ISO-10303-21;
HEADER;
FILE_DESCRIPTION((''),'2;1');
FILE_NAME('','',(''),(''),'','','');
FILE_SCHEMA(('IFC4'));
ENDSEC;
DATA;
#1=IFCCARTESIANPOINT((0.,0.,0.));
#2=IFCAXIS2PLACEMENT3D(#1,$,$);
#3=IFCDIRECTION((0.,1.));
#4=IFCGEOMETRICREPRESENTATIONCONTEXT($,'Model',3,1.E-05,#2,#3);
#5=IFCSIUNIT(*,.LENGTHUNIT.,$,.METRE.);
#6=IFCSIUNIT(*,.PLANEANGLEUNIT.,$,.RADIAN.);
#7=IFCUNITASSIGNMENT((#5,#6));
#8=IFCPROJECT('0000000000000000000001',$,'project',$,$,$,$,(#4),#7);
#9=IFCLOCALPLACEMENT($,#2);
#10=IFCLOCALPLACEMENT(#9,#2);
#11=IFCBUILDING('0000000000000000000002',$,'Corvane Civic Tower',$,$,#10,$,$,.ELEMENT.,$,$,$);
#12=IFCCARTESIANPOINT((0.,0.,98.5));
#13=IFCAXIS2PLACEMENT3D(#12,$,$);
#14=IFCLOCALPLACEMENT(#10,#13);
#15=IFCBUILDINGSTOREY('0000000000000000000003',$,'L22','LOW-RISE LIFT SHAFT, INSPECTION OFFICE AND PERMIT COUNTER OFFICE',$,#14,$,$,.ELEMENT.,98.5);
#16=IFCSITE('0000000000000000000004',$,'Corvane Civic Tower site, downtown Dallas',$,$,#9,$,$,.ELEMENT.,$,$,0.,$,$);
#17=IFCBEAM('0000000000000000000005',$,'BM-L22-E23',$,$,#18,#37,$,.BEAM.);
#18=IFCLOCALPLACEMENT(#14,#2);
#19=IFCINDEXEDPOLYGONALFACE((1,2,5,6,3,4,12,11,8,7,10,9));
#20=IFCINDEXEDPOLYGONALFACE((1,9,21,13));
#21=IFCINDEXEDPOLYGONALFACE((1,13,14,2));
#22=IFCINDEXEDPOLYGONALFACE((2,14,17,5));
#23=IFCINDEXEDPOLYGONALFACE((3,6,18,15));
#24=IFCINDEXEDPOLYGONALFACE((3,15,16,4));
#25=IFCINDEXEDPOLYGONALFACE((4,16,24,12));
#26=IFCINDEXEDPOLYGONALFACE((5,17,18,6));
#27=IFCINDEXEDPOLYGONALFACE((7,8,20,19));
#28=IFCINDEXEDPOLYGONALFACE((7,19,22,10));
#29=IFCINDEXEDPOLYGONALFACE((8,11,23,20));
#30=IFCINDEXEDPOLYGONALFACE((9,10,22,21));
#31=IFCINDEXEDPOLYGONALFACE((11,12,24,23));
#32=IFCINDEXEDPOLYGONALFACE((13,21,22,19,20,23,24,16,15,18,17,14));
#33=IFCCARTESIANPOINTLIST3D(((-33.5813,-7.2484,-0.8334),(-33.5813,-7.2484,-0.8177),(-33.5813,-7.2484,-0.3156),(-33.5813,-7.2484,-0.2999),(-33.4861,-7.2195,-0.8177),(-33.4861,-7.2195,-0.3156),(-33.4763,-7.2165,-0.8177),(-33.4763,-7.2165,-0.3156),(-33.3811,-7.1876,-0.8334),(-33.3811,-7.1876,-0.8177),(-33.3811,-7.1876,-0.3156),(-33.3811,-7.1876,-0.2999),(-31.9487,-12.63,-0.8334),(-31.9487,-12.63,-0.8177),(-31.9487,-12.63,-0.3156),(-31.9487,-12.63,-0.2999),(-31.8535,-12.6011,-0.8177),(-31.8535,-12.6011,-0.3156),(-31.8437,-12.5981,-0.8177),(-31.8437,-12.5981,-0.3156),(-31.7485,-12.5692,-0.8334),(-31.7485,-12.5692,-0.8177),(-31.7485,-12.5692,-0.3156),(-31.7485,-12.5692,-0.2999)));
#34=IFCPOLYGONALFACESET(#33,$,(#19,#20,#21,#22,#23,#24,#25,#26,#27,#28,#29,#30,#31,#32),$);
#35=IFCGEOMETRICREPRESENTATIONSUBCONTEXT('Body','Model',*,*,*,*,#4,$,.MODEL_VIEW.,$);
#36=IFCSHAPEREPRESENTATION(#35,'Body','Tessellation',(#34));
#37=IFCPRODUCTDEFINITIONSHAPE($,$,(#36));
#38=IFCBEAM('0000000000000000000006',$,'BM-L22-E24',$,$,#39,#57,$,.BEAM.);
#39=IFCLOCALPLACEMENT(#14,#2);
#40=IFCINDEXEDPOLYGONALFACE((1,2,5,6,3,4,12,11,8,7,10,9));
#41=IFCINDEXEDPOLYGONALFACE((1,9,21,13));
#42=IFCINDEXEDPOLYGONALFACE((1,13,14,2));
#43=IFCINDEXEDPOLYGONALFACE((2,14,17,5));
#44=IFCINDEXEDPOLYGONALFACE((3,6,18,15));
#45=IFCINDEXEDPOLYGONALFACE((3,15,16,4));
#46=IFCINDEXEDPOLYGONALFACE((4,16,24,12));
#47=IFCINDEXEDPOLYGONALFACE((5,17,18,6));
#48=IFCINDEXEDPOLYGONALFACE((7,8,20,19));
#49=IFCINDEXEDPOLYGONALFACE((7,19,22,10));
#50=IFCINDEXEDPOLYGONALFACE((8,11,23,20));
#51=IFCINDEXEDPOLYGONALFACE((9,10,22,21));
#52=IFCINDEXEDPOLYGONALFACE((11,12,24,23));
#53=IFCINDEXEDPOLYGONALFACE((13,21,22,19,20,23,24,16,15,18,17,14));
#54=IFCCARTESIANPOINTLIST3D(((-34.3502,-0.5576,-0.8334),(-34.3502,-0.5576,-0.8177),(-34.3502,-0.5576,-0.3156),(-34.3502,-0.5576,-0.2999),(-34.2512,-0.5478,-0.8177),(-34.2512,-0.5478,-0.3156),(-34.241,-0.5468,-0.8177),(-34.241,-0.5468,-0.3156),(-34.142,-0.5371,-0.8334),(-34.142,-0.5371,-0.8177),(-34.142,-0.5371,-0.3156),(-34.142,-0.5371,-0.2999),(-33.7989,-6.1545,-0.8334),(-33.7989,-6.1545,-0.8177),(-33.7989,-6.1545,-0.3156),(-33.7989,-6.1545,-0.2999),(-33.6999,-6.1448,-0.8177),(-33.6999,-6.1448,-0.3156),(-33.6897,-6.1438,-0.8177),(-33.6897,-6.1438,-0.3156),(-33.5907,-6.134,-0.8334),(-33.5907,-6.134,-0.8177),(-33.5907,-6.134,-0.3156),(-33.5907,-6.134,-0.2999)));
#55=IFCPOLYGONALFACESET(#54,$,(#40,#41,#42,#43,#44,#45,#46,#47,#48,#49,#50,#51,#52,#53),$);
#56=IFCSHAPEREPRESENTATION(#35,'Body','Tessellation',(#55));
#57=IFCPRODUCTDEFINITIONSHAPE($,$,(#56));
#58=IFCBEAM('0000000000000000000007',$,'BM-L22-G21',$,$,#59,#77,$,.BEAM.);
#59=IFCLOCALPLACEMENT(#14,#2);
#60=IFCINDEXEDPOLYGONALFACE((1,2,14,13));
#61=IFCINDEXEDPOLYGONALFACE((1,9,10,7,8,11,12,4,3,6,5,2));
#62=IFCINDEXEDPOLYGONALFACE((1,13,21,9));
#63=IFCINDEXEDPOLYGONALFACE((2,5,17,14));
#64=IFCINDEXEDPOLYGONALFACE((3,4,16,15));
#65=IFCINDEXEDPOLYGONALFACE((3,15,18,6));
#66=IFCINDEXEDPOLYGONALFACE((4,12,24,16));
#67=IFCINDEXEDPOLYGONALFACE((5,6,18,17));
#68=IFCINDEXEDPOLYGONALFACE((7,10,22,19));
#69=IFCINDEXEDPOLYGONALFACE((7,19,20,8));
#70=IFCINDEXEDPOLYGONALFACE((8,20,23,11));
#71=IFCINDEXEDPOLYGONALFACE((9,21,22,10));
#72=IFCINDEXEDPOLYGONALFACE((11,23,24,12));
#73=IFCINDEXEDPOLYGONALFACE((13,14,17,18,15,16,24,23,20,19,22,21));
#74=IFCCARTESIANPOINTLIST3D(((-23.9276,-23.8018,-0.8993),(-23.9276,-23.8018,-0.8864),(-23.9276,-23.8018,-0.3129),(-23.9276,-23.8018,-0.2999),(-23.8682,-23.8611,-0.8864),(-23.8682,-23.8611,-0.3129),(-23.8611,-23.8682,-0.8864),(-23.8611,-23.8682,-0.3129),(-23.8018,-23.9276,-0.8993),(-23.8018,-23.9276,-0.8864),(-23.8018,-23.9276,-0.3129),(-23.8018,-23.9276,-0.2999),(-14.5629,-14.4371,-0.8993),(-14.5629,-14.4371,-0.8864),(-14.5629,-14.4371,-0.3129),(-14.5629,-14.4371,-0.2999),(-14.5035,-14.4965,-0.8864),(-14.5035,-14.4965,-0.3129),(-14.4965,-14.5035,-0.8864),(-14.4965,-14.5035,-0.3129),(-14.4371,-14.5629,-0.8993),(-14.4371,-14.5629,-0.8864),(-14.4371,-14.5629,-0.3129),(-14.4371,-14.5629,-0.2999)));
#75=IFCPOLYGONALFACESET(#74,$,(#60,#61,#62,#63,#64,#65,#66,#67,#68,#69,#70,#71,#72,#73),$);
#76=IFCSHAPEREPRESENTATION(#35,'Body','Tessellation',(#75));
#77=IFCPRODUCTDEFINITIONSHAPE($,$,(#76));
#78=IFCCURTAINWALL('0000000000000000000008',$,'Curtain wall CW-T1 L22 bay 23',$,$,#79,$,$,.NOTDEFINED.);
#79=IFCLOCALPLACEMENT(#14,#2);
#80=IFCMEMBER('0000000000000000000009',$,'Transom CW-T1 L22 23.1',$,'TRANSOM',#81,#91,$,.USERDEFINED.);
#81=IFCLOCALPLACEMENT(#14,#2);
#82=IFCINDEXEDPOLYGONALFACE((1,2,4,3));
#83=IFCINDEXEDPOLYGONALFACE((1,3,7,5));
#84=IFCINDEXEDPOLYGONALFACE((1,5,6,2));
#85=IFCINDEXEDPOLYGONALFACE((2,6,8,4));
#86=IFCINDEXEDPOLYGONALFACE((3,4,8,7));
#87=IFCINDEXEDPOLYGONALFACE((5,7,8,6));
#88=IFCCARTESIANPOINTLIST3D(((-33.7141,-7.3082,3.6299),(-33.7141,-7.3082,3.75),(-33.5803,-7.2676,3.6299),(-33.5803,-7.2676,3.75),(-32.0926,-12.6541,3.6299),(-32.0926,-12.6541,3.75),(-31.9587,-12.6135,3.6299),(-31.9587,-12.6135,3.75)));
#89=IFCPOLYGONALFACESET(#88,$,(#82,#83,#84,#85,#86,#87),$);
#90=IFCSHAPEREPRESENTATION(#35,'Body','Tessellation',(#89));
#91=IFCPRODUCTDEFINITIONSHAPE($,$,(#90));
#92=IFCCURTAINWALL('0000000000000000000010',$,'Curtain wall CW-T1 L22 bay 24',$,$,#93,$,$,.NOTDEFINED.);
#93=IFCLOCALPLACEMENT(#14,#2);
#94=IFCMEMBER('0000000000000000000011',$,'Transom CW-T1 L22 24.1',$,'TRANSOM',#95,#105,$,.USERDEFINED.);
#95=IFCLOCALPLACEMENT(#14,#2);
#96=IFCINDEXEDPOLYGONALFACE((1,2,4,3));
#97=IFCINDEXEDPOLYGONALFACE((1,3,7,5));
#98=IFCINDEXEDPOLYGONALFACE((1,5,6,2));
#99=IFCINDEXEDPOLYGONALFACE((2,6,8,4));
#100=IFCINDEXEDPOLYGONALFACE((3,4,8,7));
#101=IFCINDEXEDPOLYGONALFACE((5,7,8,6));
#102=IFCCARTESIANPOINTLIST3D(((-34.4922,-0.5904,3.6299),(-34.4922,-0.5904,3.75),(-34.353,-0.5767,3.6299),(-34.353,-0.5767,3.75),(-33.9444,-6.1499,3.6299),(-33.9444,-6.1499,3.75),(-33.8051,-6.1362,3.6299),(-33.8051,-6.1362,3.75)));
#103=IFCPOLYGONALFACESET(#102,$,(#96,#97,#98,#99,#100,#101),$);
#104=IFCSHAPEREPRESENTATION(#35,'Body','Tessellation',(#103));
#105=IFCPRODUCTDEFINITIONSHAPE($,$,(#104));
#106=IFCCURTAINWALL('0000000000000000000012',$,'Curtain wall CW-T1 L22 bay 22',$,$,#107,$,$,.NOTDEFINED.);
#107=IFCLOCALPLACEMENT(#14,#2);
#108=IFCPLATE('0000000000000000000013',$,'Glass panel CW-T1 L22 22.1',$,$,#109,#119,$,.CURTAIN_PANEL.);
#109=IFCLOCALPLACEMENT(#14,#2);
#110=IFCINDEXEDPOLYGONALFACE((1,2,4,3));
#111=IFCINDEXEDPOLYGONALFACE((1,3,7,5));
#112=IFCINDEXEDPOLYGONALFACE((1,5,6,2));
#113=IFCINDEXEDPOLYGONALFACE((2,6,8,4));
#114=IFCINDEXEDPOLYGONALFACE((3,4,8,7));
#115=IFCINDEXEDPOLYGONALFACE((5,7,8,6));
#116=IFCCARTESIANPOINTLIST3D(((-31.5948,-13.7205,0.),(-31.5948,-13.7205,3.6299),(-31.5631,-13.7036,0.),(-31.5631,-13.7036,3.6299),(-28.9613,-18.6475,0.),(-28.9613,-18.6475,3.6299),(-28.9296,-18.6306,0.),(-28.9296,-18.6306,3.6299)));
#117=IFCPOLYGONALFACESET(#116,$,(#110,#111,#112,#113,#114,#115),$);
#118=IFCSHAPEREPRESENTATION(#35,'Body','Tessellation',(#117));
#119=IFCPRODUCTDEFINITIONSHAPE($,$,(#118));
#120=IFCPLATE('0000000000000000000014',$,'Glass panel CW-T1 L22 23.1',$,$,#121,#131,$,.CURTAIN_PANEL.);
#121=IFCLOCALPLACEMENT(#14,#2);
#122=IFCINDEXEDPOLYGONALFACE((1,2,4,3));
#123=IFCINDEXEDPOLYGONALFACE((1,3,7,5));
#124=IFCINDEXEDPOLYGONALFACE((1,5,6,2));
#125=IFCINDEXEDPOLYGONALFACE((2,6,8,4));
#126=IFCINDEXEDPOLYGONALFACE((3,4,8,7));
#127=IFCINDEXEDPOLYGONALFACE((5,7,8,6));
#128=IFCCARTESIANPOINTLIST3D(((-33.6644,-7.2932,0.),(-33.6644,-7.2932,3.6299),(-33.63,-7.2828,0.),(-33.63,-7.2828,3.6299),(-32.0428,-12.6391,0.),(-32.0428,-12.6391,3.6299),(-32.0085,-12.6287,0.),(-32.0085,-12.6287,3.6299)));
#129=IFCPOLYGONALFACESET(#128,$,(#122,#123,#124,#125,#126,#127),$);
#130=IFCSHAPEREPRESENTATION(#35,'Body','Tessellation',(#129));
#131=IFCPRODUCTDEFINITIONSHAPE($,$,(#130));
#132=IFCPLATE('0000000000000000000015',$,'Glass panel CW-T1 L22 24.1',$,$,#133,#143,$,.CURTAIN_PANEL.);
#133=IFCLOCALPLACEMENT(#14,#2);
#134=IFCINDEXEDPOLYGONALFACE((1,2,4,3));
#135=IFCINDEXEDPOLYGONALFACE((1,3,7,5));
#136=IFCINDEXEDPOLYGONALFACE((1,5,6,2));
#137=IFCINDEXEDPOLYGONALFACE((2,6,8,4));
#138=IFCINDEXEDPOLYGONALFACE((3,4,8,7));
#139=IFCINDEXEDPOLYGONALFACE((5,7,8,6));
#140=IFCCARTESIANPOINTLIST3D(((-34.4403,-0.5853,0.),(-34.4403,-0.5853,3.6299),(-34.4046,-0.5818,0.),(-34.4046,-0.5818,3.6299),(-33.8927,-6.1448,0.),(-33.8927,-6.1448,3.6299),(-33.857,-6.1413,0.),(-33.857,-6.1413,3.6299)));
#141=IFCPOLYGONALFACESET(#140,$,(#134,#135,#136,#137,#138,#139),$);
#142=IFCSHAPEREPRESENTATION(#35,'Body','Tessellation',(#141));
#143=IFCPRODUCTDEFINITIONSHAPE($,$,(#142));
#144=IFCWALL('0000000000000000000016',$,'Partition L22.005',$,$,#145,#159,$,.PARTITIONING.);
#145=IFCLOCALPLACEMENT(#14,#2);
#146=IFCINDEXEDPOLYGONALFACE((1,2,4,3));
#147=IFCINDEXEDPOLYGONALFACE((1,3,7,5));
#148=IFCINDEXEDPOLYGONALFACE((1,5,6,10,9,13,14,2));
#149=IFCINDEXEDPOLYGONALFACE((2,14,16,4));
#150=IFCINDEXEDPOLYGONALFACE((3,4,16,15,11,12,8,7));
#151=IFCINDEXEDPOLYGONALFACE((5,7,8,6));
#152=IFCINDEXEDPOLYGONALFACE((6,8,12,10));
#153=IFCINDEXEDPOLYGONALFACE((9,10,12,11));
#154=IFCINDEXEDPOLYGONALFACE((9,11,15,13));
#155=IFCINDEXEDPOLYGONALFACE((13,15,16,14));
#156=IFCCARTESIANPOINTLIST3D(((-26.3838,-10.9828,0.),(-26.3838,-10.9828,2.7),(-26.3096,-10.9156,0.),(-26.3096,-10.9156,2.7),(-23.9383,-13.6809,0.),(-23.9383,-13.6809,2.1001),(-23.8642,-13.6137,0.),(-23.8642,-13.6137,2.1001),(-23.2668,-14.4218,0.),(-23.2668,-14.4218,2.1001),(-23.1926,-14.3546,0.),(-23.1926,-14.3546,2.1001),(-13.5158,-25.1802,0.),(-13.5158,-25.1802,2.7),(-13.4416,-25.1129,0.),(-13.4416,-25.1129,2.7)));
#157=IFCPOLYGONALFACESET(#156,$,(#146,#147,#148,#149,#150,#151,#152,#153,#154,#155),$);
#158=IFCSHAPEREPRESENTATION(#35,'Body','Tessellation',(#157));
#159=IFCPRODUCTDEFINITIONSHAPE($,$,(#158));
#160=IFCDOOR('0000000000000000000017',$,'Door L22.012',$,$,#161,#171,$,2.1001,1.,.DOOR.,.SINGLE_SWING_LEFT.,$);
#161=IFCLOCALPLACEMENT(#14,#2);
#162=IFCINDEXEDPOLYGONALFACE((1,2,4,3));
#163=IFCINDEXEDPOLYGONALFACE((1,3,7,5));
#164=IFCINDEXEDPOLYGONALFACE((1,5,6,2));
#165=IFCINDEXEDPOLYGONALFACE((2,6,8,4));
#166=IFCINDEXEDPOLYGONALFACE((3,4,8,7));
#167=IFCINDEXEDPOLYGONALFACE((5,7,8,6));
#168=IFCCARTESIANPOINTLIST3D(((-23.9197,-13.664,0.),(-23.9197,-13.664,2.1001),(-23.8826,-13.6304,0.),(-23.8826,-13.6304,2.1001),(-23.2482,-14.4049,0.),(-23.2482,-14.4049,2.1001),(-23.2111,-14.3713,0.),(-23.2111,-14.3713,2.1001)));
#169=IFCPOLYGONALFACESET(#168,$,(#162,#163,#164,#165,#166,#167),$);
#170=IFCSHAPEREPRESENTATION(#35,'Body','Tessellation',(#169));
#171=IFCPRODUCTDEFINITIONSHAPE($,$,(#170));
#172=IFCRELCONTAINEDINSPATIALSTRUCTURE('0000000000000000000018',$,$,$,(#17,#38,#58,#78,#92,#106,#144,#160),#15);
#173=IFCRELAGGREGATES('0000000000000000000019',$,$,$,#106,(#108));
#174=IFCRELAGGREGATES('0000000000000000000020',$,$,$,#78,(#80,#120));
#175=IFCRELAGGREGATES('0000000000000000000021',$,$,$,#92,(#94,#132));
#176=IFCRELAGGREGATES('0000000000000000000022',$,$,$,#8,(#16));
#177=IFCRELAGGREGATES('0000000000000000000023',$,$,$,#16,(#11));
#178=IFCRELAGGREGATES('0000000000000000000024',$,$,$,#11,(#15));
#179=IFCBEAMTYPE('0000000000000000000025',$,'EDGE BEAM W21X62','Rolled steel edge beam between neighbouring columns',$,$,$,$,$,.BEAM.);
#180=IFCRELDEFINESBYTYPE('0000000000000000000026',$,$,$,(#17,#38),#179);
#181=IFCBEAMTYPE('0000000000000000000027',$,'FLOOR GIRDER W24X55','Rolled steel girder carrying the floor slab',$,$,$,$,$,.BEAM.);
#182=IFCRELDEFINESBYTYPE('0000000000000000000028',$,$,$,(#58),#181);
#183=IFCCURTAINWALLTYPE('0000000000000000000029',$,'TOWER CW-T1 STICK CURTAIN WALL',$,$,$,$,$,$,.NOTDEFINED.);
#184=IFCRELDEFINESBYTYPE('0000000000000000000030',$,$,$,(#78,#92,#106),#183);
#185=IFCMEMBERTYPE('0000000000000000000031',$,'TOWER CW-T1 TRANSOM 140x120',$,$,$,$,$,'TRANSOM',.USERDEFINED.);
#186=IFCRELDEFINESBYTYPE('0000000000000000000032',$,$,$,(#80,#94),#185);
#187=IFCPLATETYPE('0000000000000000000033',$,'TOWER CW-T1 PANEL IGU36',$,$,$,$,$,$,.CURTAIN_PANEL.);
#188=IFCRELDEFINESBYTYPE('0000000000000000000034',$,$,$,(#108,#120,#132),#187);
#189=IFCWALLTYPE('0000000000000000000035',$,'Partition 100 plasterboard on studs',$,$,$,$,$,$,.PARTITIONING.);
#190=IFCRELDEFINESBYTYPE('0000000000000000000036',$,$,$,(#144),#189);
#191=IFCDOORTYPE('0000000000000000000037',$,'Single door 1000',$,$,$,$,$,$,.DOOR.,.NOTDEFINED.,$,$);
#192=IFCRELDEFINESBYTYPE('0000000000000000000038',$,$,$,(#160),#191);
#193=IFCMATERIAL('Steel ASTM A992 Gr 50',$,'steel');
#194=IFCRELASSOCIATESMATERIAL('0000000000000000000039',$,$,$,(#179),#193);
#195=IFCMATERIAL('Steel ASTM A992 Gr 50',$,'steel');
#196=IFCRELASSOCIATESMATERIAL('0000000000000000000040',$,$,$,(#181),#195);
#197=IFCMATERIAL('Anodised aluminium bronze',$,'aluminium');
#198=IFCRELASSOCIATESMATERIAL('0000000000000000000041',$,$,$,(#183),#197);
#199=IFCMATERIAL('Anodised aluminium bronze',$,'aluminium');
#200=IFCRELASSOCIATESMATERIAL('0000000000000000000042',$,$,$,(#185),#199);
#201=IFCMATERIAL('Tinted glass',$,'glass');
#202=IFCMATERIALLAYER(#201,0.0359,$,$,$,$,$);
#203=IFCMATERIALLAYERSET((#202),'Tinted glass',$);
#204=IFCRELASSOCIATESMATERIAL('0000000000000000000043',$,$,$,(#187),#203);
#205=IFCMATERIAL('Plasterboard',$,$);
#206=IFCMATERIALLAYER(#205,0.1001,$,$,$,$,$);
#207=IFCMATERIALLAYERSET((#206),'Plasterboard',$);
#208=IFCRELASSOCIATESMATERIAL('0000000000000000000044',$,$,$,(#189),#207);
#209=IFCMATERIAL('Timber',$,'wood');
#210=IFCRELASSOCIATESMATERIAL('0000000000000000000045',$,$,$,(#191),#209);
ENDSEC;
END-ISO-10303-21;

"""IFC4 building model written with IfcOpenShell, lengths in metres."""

from ifc_helpers import new_model, si_unit, direction, frame, frame_2d, origin, origin_2d, place, context, subcontext, project, spatial, rectangle, i_section, extrude, material, layer, layer_set, material_profile, profile_set, type_object, element, fill, aggregate, save


model = new_model("IFC4")

# Units and contexts
model_context = context("Model", 3, precision=1e-05, world=origin(), true_north=direction((0.0, 1.0)))
body_context = subcontext(model_context, "Body", "Model", "MODEL_VIEW")
ifc_project = project(units=[si_unit("LENGTHUNIT", "METRE"), si_unit("PLANEANGLEUNIT", "RADIAN")], contexts=[model_context])

# Site, building, storey
site_placement = place(None, origin())
site = spatial("IfcSite", under=ifc_project, at=site_placement, Name="Corvane Civic Tower site, downtown Dallas", CompositionType="ELEMENT", RefElevation=0.0)
building_placement = place(site_placement, origin())
building = spatial("IfcBuilding", under=site, at=building_placement, Name="Corvane Civic Tower", CompositionType="ELEMENT")
storey_placement = place(building_placement, frame((0.0, 0.0, 98.5)))
storey = spatial("IfcBuildingStorey", under=building, at=storey_placement, Name="L22", Description="LOW-RISE LIFT SHAFT, INSPECTION OFFICE AND PERMIT COUNTER OFFICE", CompositionType="ELEMENT", Elevation=98.5)

# Beams
ifc_material_1 = material(Name="Steel ASTM A992 Gr 50", Category="steel")
ifc_material_profile_1 = material_profile(ifc_material_1, i_section(OverallWidth=0.2092, OverallDepth=0.5334, WebThickness=0.0103, FlangeThickness=0.0156, at=origin_2d()), Name="W21X62")
ifc_profile_set_1 = profile_set([ifc_material_profile_1], Name="Steel ASTM A992 Gr 50")
beam_type_1 = type_object("IfcBeamType", Name="EDGE BEAM W21X62", Description="Rolled steel edge beam between neighbouring columns", PredefinedType="BEAM", material=ifc_profile_set_1)
beam_1_placement = place(storey_placement, frame((-31.8486, -12.5996, -0.5667), z_axis=(-0.290298, 0.956936, 0.0), x_axis=(-0.956936, -0.290298, 0.0)))
element("IfcBeam", 1, at=beam_1_placement, inside=storey, type_object=beam_type_1, Name="BM-L22-E23", PredefinedType="BEAM", context=body_context, shape_type="SweptSolid", body=[
    extrude(i_section(OverallWidth=0.2092, OverallDepth=0.5334, WebThickness=0.0103, FlangeThickness=0.0156, at=origin_2d()), origin(), (0.0, 0.0, 1.0), 5.6238),
])
beam_2_placement = place(storey_placement, frame((-33.6948, -6.1443, -0.5667), z_axis=(-0.098021, 0.995184, 0.0), x_axis=(-0.995184, -0.098021, 0.0)))
element("IfcBeam", 2, at=beam_2_placement, inside=storey, type_object=beam_type_1, Name="BM-L22-E24", PredefinedType="BEAM", context=body_context, shape_type="SweptSolid", body=[
    extrude(i_section(OverallWidth=0.2092, OverallDepth=0.5334, WebThickness=0.0103, FlangeThickness=0.0156, at=origin_2d()), origin(), (0.0, 0.0, 1.0), 5.624),
])
ifc_material_2 = material(Name="Steel ASTM A992 Gr 50", Category="steel")
ifc_material_profile_2 = material_profile(ifc_material_2, i_section(OverallWidth=0.178, OverallDepth=0.5994, WebThickness=0.01, FlangeThickness=0.0129, at=origin_2d()), Name="W24X55")
ifc_profile_set_2 = profile_set([ifc_material_profile_2], Name="Steel ASTM A992 Gr 50")
beam_type_2 = type_object("IfcBeamType", Name="FLOOR GIRDER W24X55", Description="Rolled steel girder carrying the floor slab", PredefinedType="BEAM", material=ifc_profile_set_2)
beam_3_placement = place(storey_placement, frame((-14.5, -14.5, -0.5996), z_axis=(-0.707107, -0.707107, 0.0), x_axis=(0.707107, -0.707107, 0.0)))
element("IfcBeam", 3, at=beam_3_placement, inside=storey, type_object=beam_type_2, Name="BM-L22-G21", PredefinedType="BEAM", context=body_context, shape_type="SweptSolid", body=[
    extrude(i_section(OverallWidth=0.178, OverallDepth=0.5994, WebThickness=0.01, FlangeThickness=0.0129, at=origin_2d()), origin(), (0.0, 0.0, 1.0), 13.2437),
])

# Curtain walls, members
ifc_material_3 = material(Name="Anodised aluminium bronze", Category="aluminium")
curtain_wall_type = type_object("IfcCurtainWallType", Name="TOWER CW-T1 STICK CURTAIN WALL", PredefinedType="NOTDEFINED", material=ifc_material_3)
curtain_wall_1_placement = place(storey_placement, origin())
curtain_wall_1 = element("IfcCurtainWall", 4, at=curtain_wall_1_placement, inside=storey, type_object=curtain_wall_type, Name="Curtain wall CW-T1 L22 bay 23", PredefinedType="NOTDEFINED")
ifc_material_4 = material(Name="Anodised aluminium bronze", Category="aluminium")
ifc_material_profile_3 = material_profile(ifc_material_4, rectangle(XDim=0.1399, YDim=0.1201, at=origin_2d()), Name="TOWER CW-T1 TRANSOM 140x120")
ifc_profile_set_3 = profile_set([ifc_material_profile_3], Name="Anodised aluminium bronze")
member_type = type_object("IfcMemberType", Name="TOWER CW-T1 TRANSOM 140x120", ElementType="TRANSOM", PredefinedType="USERDEFINED", material=ifc_profile_set_3)
member_1_placement = place(storey_placement, frame((-32.0256, -12.6338, 3.6899), z_axis=(-0.290269, 0.956945, 0.0), x_axis=(-0.956945, -0.290269, 0.0)))
member_1 = element("IfcMember", 5, at=member_1_placement, type_object=member_type, Name="Transom CW-T1 L22 23.1", ObjectType="TRANSOM", PredefinedType="USERDEFINED", context=body_context, shape_type="SweptSolid", body=[
    extrude(rectangle(XDim=0.1399, YDim=0.1201, at=origin_2d()), origin(), (0.0, 0.0, 1.0), 5.5864),
])
curtain_wall_2_placement = place(storey_placement, origin())
curtain_wall_2 = element("IfcCurtainWall", 6, at=curtain_wall_2_placement, inside=storey, type_object=curtain_wall_type, Name="Curtain wall CW-T1 L22 bay 24", PredefinedType="NOTDEFINED")
member_2_placement = place(storey_placement, frame((-33.8748, -6.1431, 3.6899), z_axis=(-0.098067, 0.99518, 0.0), x_axis=(-0.99518, -0.098067, 0.0)))
member_2 = element("IfcMember", 7, at=member_2_placement, type_object=member_type, Name="Transom CW-T1 L22 24.1", ObjectType="TRANSOM", PredefinedType="USERDEFINED", context=body_context, shape_type="SweptSolid", body=[
    extrude(rectangle(XDim=0.1399, YDim=0.1201, at=origin_2d()), origin(), (0.0, 0.0, 1.0), 5.5864),
])

# Curtain wall, plate
curtain_wall_3_placement = place(storey_placement, origin())
curtain_wall_3 = element("IfcCurtainWall", 8, at=curtain_wall_3_placement, inside=storey, type_object=curtain_wall_type, Name="Curtain wall CW-T1 L22 bay 22", PredefinedType="NOTDEFINED")
ifc_material_5 = material(Name="Tinted glass", Category="glass")
ifc_layer_1 = layer(ifc_material_5, 0.0359)
ifc_layer_set_1 = layer_set([ifc_layer_1], Name="Tinted glass")
plate_type = type_object("IfcPlateType", Name="TOWER CW-T1 PANEL IGU36", PredefinedType="CURTAIN_PANEL", material=ifc_layer_set_1)
plate_1_placement = place(storey_placement, frame((-30.2622, -16.1755, 0.0), z_axis=(0.0, 0.0, 1.0), x_axis=(-0.471392, 0.881924, 0.0)))
plate_1 = element("IfcPlate", 9, at=plate_1_placement, type_object=plate_type, Name="Glass panel CW-T1 L22 22.1", PredefinedType="CURTAIN_PANEL", context=body_context, shape_type="SweptSolid", body=[
    extrude(rectangle(XDim=5.5867, YDim=0.0359, at=origin_2d()), origin(), (0.0, 0.0, 1.0), 3.6299),
])
aggregate(curtain_wall_3, [plate_1])

# Plates
plate_2_placement = place(storey_placement, frame((-32.8364, -9.9609, 0.0), z_axis=(0.0, 0.0, 1.0), x_axis=(-0.290266, 0.956946, 0.0)))
plate_2 = element("IfcPlate", 10, at=plate_2_placement, type_object=plate_type, Name="Glass panel CW-T1 L22 23.1", PredefinedType="CURTAIN_PANEL", context=body_context, shape_type="SweptSolid", body=[
    extrude(rectangle(XDim=5.5864, YDim=0.0359, at=origin_2d()), origin(), (0.0, 0.0, 1.0), 3.6299),
])
aggregate(curtain_wall_1, [member_1, plate_2])
plate_3_placement = place(storey_placement, frame((-34.1487, -3.3633, 0.0), z_axis=(0.0, 0.0, 1.0), x_axis=(-0.098027, 0.995184, 0.0)))
plate_3 = element("IfcPlate", 11, at=plate_3_placement, type_object=plate_type, Name="Glass panel CW-T1 L22 24.1", PredefinedType="CURTAIN_PANEL", context=body_context, shape_type="SweptSolid", body=[
    extrude(rectangle(XDim=5.5864, YDim=0.0359, at=origin_2d()), origin(), (0.0, 0.0, 1.0), 3.6299),
])
aggregate(curtain_wall_2, [member_2, plate_3])

# Wall, opening, door
ifc_material_6 = material(Name="Plasterboard")
ifc_layer_2 = layer(ifc_material_6, 0.1001)
ifc_layer_set_2 = layer_set([ifc_layer_2], Name="Plasterboard")
wall_type_1 = type_object("IfcWallType", Name="Partition 100 plasterboard on studs", PredefinedType="PARTITIONING", material=ifc_layer_set_2)
wall_1_placement = place(storey_placement, frame((-26.3467, -10.9492, 0.0), z_axis=(0.0, 0.0, 1.0), x_axis=(0.671567, -0.740944, 0.0)))
wall_1 = element("IfcWall", 12, at=wall_1_placement, inside=storey, type_object=wall_type_1, Name="Partition L22.005", PredefinedType="PARTITIONING", context=body_context, shape_type="SweptSolid", body=[
    extrude(rectangle(XDim=19.1611, YDim=0.1001, at=frame_2d((9.5806, 0.0))), origin(), (0.0, 0.0, 1.0), 2.7),
])
opening_1_placement = place(wall_1_placement, frame((3.6414, 0.0, 0.0)))
opening_1 = element("IfcOpeningElement", 13, at=opening_1_placement, cuts=wall_1, PredefinedType="OPENING", context=body_context, shape_type="SweptSolid", body=[
    extrude(rectangle(XDim=1.0, YDim=2.1001, at=frame_2d((0.5, 1.05))), frame((0.0, 0.0601, 0.0), z_axis=(0.0, -1.0, 0.0), x_axis=(1.0, 0.0, 0.0)), (0.0, 0.0, 1.0), 0.1201),
])
ifc_material_7 = material(Name="Timber", Category="wood")
door_type_1 = type_object("IfcDoorType", Name="Single door 1000", OperationType="NOTDEFINED", PredefinedType="DOOR", material=ifc_material_7)
door_1_placement = place(opening_1_placement, frame((1.0, 0.0, 0.0), z_axis=(0.0, 0.0, 1.0), x_axis=(-1.0, 0.0, 0.0)))
door_1 = element("IfcDoor", 14, at=door_1_placement, inside=storey, type_object=door_type_1, Name="Door L22.012", OperationType="SINGLE_SWING_LEFT", OverallHeight=2.1001, OverallWidth=1.0, PredefinedType="DOOR", context=body_context, shape_type="SweptSolid", body=[
    extrude(rectangle(XDim=1.0, YDim=2.1001, at=frame_2d((0.5, 1.05))), frame((0.0, 0.0249, 0.0), z_axis=(0.0, -1.0, 0.0), x_axis=(1.0, 0.0, 0.0)), (0.0, 0.0, 1.0), 0.05),
])
fill(opening_1, door_1)

save(model, "model.ifc")
